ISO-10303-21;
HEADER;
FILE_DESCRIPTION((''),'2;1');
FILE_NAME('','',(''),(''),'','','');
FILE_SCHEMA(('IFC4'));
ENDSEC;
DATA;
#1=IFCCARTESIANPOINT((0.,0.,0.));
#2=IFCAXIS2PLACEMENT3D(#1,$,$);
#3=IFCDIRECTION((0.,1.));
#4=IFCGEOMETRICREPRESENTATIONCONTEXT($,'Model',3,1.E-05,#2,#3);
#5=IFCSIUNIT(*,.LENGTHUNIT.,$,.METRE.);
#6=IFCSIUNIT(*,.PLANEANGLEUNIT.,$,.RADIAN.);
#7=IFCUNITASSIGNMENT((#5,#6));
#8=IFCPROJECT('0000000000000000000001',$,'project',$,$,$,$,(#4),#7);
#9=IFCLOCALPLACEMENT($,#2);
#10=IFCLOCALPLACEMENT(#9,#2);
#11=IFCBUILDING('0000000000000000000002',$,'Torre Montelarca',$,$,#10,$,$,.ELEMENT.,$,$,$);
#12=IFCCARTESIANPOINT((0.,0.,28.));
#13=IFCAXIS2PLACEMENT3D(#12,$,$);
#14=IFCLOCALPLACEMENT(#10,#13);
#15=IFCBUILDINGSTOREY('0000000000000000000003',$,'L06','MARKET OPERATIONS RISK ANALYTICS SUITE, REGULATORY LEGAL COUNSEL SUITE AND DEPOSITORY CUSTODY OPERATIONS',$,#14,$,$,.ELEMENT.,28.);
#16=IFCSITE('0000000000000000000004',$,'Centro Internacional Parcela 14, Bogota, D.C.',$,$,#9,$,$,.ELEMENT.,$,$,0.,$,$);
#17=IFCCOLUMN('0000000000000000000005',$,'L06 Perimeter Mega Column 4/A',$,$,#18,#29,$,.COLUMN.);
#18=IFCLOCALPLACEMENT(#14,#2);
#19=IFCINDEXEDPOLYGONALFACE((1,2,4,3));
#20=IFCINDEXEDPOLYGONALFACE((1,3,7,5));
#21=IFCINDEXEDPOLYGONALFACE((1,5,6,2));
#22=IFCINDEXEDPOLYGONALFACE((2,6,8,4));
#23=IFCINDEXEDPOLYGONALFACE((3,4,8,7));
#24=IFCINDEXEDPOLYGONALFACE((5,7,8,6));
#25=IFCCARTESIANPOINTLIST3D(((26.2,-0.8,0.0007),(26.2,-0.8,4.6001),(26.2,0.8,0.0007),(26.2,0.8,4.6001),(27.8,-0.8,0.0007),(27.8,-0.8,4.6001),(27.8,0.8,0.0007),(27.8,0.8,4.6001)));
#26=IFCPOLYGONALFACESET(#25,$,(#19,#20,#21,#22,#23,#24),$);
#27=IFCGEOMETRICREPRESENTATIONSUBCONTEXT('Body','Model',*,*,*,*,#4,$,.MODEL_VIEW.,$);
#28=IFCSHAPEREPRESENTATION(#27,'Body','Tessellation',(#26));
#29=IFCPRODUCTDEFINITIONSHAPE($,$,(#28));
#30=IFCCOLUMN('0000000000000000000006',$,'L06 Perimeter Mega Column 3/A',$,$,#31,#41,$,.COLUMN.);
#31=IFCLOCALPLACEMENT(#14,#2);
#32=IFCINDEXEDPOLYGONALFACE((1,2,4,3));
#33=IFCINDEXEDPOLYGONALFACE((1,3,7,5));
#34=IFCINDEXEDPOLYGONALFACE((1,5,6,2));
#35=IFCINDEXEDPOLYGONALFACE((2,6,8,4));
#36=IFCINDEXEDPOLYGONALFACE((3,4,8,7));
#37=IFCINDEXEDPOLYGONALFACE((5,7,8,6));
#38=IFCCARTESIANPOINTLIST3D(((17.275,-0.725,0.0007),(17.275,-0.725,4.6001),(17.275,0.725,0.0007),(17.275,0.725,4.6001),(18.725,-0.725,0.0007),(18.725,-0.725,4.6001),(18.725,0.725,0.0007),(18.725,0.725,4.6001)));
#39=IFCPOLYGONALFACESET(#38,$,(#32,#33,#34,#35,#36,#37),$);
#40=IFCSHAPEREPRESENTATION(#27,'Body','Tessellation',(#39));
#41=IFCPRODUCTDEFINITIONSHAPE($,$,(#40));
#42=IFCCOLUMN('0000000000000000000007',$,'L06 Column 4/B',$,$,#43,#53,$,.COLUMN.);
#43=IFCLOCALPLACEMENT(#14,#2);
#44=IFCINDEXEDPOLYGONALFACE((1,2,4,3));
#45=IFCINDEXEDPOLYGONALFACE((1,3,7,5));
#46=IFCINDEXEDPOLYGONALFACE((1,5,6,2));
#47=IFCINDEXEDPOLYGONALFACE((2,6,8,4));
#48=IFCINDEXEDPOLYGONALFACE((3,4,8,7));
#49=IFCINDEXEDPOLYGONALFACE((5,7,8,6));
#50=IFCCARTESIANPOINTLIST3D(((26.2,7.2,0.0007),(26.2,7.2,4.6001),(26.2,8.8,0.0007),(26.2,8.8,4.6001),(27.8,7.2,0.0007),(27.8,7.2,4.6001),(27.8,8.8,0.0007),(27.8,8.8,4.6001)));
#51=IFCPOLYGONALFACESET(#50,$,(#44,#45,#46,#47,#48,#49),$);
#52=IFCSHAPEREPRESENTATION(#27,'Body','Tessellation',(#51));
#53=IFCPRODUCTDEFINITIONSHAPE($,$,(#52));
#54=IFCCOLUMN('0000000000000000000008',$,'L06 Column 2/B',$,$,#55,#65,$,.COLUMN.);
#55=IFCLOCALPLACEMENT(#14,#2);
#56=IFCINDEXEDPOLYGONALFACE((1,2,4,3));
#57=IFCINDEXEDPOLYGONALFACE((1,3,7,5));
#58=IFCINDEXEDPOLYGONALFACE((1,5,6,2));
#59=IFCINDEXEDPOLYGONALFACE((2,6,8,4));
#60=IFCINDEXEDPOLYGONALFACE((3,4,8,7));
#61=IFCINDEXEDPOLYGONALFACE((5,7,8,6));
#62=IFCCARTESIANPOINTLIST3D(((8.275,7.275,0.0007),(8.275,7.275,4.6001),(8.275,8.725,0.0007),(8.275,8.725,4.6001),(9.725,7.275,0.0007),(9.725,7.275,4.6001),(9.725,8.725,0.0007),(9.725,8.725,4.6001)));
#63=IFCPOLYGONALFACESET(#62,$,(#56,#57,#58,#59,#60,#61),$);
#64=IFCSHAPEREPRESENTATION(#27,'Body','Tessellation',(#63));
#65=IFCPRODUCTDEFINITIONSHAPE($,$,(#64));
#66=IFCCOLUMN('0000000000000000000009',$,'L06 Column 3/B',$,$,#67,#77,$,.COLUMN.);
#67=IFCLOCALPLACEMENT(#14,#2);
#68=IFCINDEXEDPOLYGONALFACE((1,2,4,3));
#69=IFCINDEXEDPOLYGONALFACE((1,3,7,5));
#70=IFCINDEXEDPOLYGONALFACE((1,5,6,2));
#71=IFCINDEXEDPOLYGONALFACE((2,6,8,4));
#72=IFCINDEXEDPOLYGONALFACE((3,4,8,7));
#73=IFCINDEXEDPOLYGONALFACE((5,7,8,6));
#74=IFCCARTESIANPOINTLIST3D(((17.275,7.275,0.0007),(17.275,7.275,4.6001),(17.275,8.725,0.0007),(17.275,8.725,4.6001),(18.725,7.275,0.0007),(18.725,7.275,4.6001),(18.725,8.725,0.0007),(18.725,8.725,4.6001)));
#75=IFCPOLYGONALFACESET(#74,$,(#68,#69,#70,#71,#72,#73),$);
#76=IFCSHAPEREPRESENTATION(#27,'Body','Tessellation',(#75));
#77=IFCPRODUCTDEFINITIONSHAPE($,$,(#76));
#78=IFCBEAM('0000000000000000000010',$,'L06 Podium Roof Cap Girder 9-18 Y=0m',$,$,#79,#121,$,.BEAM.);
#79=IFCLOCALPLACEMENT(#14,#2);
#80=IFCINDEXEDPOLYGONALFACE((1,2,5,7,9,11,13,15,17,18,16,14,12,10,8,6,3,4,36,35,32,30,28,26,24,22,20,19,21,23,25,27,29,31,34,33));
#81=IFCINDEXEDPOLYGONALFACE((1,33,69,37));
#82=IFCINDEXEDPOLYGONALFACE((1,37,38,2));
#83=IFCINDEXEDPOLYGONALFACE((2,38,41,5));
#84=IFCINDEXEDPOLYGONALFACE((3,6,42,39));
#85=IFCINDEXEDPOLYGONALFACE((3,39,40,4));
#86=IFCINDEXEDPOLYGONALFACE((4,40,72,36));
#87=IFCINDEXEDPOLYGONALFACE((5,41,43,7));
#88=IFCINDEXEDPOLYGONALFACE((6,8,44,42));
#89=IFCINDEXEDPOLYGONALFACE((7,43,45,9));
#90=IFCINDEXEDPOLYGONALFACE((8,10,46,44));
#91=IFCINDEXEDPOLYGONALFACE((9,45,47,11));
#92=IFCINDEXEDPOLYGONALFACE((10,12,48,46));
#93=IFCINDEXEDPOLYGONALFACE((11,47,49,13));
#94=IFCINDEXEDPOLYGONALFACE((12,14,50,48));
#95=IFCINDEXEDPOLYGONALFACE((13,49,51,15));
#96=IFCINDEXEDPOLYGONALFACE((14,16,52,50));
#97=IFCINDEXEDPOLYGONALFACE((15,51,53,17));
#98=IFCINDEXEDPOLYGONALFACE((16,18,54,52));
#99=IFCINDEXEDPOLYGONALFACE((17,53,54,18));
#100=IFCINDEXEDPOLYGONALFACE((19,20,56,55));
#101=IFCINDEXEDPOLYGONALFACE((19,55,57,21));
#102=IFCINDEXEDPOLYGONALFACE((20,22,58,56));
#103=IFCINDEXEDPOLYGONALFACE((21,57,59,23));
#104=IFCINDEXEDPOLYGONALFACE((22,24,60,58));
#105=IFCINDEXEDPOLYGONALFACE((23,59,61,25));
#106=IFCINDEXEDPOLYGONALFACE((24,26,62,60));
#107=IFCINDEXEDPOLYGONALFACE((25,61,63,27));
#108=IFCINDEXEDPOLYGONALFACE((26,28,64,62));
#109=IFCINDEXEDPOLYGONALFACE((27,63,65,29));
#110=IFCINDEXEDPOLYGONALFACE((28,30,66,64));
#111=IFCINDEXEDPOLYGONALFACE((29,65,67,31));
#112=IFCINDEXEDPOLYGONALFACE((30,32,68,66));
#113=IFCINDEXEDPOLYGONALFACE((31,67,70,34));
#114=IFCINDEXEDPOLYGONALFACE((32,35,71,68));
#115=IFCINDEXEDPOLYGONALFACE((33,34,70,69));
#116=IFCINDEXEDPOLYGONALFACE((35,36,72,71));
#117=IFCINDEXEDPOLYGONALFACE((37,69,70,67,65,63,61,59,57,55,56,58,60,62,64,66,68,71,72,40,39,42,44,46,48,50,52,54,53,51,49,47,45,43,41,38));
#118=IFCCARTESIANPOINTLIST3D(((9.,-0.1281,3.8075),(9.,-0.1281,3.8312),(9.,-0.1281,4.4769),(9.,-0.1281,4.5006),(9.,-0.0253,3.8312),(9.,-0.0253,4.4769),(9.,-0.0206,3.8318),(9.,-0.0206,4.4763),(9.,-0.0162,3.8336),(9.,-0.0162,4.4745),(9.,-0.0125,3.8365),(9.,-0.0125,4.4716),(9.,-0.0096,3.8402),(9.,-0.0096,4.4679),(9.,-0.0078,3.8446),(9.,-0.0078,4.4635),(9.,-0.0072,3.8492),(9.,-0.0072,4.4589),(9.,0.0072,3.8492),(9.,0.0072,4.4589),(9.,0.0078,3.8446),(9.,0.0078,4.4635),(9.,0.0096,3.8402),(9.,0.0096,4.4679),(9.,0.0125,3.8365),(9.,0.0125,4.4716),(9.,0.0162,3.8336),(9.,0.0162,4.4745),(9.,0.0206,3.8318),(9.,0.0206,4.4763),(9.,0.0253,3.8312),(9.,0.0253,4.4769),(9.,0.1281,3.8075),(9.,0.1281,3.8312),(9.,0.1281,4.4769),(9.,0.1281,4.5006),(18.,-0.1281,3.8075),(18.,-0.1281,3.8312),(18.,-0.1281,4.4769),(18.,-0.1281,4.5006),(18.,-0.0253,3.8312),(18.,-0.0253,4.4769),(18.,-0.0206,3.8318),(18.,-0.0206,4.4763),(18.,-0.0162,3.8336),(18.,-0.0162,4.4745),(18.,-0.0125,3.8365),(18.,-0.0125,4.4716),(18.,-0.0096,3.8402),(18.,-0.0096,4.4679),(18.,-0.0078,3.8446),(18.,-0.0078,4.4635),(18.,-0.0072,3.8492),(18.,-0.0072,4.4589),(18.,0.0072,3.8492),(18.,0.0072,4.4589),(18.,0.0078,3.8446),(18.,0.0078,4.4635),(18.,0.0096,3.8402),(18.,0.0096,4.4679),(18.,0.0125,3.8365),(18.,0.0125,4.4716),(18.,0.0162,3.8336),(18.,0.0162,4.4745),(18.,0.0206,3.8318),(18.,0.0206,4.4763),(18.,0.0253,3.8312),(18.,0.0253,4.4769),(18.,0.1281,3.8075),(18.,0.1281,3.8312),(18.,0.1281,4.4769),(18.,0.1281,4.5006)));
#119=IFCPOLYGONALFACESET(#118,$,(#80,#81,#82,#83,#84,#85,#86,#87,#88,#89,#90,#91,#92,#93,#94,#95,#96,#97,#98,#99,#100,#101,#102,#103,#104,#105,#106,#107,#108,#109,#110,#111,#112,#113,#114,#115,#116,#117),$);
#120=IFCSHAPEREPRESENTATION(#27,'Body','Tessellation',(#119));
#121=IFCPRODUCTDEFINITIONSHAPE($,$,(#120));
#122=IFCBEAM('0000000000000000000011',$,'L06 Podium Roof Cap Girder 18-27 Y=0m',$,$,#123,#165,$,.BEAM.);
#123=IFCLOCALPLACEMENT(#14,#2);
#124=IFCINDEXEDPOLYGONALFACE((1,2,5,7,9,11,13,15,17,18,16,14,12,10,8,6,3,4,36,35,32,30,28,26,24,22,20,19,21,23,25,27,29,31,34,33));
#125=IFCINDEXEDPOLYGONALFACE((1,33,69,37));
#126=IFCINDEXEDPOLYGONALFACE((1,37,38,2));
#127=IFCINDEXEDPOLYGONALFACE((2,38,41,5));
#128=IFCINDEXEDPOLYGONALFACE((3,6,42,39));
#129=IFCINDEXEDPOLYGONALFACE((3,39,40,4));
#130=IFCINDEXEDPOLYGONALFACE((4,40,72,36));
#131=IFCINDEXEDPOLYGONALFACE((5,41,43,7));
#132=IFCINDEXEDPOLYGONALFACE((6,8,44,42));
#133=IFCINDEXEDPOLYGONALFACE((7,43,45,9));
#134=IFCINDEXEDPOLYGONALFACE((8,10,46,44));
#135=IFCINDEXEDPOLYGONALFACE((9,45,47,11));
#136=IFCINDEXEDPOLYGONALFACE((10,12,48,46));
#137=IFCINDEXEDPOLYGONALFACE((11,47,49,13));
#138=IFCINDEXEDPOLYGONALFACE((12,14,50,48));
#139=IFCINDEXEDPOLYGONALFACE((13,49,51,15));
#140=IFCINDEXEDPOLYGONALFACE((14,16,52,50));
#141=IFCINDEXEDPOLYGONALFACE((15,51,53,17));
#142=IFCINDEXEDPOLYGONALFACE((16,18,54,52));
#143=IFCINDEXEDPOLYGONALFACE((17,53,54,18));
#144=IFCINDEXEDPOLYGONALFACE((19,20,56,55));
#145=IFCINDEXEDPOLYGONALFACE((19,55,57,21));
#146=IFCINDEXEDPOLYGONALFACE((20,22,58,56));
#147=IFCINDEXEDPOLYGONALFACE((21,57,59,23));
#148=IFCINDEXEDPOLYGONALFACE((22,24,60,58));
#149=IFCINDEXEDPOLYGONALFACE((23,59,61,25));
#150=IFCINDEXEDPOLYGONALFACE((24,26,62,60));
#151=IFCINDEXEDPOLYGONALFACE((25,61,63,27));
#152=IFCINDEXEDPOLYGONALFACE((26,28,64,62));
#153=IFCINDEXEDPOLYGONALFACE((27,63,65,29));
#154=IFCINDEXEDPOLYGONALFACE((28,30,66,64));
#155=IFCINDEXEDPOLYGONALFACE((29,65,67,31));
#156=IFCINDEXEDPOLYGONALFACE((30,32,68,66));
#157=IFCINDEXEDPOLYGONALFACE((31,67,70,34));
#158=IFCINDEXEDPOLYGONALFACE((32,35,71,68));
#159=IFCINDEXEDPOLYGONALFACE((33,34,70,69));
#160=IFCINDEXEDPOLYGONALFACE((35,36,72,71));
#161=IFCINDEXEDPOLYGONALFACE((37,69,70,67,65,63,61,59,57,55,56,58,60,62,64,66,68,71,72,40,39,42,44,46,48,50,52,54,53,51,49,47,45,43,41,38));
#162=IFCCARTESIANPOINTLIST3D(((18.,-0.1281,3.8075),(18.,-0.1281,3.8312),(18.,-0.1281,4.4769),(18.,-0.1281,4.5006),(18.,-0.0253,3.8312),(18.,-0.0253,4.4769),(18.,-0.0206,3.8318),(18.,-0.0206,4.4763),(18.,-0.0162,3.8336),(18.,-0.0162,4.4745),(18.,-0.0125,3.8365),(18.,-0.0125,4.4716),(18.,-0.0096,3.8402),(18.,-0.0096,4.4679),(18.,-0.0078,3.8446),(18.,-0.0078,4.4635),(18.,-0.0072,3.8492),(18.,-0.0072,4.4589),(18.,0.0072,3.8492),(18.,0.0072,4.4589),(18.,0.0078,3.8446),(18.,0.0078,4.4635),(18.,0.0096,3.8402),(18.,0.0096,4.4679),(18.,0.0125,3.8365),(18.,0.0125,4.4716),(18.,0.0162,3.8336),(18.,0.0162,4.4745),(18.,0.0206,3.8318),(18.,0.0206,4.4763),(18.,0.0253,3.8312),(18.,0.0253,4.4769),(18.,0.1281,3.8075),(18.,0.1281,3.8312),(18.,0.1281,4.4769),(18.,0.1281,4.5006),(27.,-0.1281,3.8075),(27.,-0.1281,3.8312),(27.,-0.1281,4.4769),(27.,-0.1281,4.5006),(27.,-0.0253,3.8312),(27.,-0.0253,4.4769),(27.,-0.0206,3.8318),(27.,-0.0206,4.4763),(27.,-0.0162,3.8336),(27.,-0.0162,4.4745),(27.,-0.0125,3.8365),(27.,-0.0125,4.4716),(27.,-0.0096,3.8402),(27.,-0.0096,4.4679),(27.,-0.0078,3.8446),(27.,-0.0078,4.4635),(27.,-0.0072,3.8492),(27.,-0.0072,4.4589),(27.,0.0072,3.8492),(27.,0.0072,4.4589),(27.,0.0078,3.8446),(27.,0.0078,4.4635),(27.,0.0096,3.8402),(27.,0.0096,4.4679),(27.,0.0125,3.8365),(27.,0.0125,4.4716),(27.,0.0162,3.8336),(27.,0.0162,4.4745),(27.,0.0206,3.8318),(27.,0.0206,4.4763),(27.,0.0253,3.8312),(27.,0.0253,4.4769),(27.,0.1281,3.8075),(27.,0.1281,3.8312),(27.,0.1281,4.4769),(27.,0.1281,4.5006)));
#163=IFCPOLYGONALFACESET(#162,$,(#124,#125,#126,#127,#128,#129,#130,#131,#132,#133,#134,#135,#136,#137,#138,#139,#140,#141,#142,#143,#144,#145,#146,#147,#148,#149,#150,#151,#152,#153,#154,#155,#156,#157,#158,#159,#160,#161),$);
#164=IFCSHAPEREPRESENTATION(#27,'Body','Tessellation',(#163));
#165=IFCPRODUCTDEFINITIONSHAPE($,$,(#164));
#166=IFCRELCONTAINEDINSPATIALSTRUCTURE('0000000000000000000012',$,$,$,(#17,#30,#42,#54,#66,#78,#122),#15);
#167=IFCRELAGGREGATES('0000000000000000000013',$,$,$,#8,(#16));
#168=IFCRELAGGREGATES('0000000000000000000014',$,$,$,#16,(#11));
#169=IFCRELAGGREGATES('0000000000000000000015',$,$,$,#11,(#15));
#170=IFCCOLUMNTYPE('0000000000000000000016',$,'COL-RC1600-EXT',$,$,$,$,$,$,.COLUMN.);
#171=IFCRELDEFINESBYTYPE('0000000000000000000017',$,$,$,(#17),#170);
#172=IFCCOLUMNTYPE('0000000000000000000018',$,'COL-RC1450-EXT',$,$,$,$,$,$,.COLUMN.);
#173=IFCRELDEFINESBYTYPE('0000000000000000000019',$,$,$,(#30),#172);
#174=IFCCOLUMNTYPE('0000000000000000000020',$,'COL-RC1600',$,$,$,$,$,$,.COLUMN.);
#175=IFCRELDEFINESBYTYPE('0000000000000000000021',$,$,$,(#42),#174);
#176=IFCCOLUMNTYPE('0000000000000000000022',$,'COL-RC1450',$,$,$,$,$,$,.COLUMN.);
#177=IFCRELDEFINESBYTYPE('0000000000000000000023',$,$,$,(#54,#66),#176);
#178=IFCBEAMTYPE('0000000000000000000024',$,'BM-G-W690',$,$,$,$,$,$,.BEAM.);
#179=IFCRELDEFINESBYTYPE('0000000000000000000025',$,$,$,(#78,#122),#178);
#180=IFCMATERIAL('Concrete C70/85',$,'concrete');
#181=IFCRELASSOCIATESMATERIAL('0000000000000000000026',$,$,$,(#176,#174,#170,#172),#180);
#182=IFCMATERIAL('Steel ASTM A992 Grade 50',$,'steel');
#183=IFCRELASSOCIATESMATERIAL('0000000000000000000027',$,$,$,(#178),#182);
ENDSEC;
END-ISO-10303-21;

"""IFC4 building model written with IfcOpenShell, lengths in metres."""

from ifc_helpers import new_model, si_unit, direction, frame, origin, origin_2d, place, context, subcontext, project, spatial, rectangle, i_section, extrude, source, transform, mapped, material, material_profile, profile_set, type_object, element, save


model = new_model("IFC4")

# Units and contexts
model_context = context("Model", 3, precision=1e-05, world=origin(), true_north=direction((0.0, 1.0)))
body_context = subcontext(model_context, "Body", "Model", "MODEL_VIEW")
ifc_project = project(units=[si_unit("LENGTHUNIT", "METRE"), si_unit("PLANEANGLEUNIT", "RADIAN")], contexts=[model_context])

# Site, building, storey
site_placement = place(None, origin())
site = spatial("IfcSite", under=ifc_project, at=site_placement, Name="Centro Internacional Parcela 14, Bogota, D.C.", CompositionType="ELEMENT", RefElevation=0.0)
building_placement = place(site_placement, origin())
building = spatial("IfcBuilding", under=site, at=building_placement, Name="Torre Montelarca", CompositionType="ELEMENT")
storey_placement = place(building_placement, frame((0.0, 0.0, 28.0)))
storey = spatial("IfcBuildingStorey", under=building, at=storey_placement, Name="L06", Description="MARKET OPERATIONS RISK ANALYTICS SUITE, REGULATORY LEGAL COUNSEL SUITE AND DEPOSITORY CUSTODY OPERATIONS", CompositionType="ELEMENT", Elevation=28.0)

# Columns
ifc_material_1 = material(Name="Concrete C70/85", Category="concrete")
ifc_material_profile_1 = material_profile(ifc_material_1, rectangle(XDim=1.45, YDim=1.45, at=origin_2d()), Name="RC1450X1450", Category="concrete")
ifc_profile_set_1 = profile_set([ifc_material_profile_1], Name="Concrete C70/85")
column_type_1 = type_object("IfcColumnType", Name="COL-RC1450", PredefinedType="COLUMN", material=ifc_profile_set_1)
ifc_material_profile_2 = material_profile(ifc_material_1, rectangle(XDim=1.6001, YDim=1.6001, at=origin_2d()), Name="RC1600X1600", Category="concrete")
ifc_profile_set_2 = profile_set([ifc_material_profile_2], Name="Concrete C70/85")
column_type_2 = type_object("IfcColumnType", Name="COL-RC1600", PredefinedType="COLUMN", material=ifc_profile_set_2)
ifc_material_profile_3 = material_profile(ifc_material_1, rectangle(XDim=1.6001, YDim=1.6001, at=origin_2d()), Name="RC1600X1600", Category="concrete")
ifc_profile_set_3 = profile_set([ifc_material_profile_3], Name="Concrete C70/85")
column_type_3 = type_object("IfcColumnType", Name="COL-RC1600-EXT", PredefinedType="COLUMN", material=ifc_profile_set_3)
shared_shape_1 = source(origin(), body_context, "Body", "SweptSolid", [
    extrude(rectangle(XDim=1.6001, YDim=1.6001, at=origin_2d()), origin(), (0.0, 0.0, 1.0), 4.5994),
])
column_1_placement = place(storey_placement, frame((27.0, 0.0, 0.0007), z_axis=(0.0, 0.0, 1.0), x_axis=(1.0, 0.0, 0.0)))
element("IfcColumn", 1, at=column_1_placement, inside=storey, type_object=column_type_3, Name="L06 Perimeter Mega Column 4/A", PredefinedType="COLUMN", context=body_context, shape_type="MappedRepresentation", body=[
    mapped(shared_shape_1, transform((0.0, 0.0, 0.0), scale=1.0)),
])
ifc_material_profile_4 = material_profile(ifc_material_1, rectangle(XDim=1.45, YDim=1.45, at=origin_2d()), Name="RC1450X1450", Category="concrete")
ifc_profile_set_4 = profile_set([ifc_material_profile_4], Name="Concrete C70/85")
column_type_4 = type_object("IfcColumnType", Name="COL-RC1450-EXT", PredefinedType="COLUMN", material=ifc_profile_set_4)
shared_shape_2 = source(origin(), body_context, "Body", "SweptSolid", [
    extrude(rectangle(XDim=1.45, YDim=1.45, at=origin_2d()), origin(), (0.0, 0.0, 1.0), 4.5994),
])
column_2_placement = place(storey_placement, frame((18.0, 0.0, 0.0007), z_axis=(0.0, 0.0, 1.0), x_axis=(1.0, 0.0, 0.0)))
element("IfcColumn", 2, at=column_2_placement, inside=storey, type_object=column_type_4, Name="L06 Perimeter Mega Column 3/A", PredefinedType="COLUMN", context=body_context, shape_type="MappedRepresentation", body=[
    mapped(shared_shape_2, transform((0.0, 0.0, 0.0), scale=1.0)),
])
shared_shape_3 = source(origin(), body_context, "Body", "SweptSolid", [
    extrude(rectangle(XDim=1.6001, YDim=1.6001, at=origin_2d()), origin(), (0.0, 0.0, 1.0), 4.5994),
])
column_3_placement = place(storey_placement, frame((27.0, 8.0, 0.0007), z_axis=(0.0, 0.0, 1.0), x_axis=(1.0, 0.0, 0.0)))
element("IfcColumn", 3, at=column_3_placement, inside=storey, type_object=column_type_2, Name="L06 Column 4/B", PredefinedType="COLUMN", context=body_context, shape_type="MappedRepresentation", body=[
    mapped(shared_shape_3, transform((0.0, 0.0, 0.0), scale=1.0)),
])
shared_shape_4 = source(origin(), body_context, "Body", "SweptSolid", [
    extrude(rectangle(XDim=1.45, YDim=1.45, at=origin_2d()), origin(), (0.0, 0.0, 1.0), 4.5994),
])
for number, where, z_axis, x_axis, name in (
    (4, (9.0, 8.0, 0.0007), (0.0, 0.0, 1.0), (1.0, 0.0, 0.0), "L06 Column 2/B"),
    (5, (18.0, 8.0, 0.0007), (0.0, 0.0, 1.0), (1.0, 0.0, 0.0), "L06 Column 3/B"),
):
    element("IfcColumn", number, at=place(storey_placement, frame(where, z_axis=z_axis, x_axis=x_axis)), inside=storey, type_object=column_type_1, Name=name, PredefinedType="COLUMN", context=body_context, shape_type="MappedRepresentation", body=[
        mapped(shared_shape_4, transform((0.0, 0.0, 0.0), scale=1.0)),
    ])

# Beams
ifc_material_2 = material(Name="Steel ASTM A992 Grade 50", Category="steel")
ifc_material_profile_5 = material_profile(ifc_material_2, i_section(OverallWidth=0.2561, OverallDepth=0.6931, WebThickness=0.0144, FlangeThickness=0.0237, FilletRadius=0.0181, at=origin_2d()), Name="W690X170", Category="steel")
ifc_profile_set_5 = profile_set([ifc_material_profile_5], Name="Steel ASTM A992 Grade 50")
beam_type_1 = type_object("IfcBeamType", Name="BM-G-W690", PredefinedType="BEAM", material=ifc_profile_set_5)
shared_shape_5 = source(origin(), body_context, "Body", "SweptSolid", [
    extrude(i_section(OverallWidth=0.2561, OverallDepth=0.6931, WebThickness=0.0144, FlangeThickness=0.0237, FilletRadius=0.0181, at=origin_2d()), origin(), (0.0, 0.0, 1.0), 9.0),
])
for number, where, z_axis, x_axis, name in (
    (6, (9.0, 0.0, 4.1541), (1.0, 0.0, 0.0), (0.0, 1.0, 0.0), "L06 Podium Roof Cap Girder 9-18 Y=0m"),
    (7, (18.0, 0.0, 4.1541), (1.0, 0.0, 0.0), (0.0, 1.0, 0.0), "L06 Podium Roof Cap Girder 18-27 Y=0m"),
):
    element("IfcBeam", number, at=place(storey_placement, frame(where, z_axis=z_axis, x_axis=x_axis)), inside=storey, type_object=beam_type_1, Name=name, PredefinedType="BEAM", context=body_context, shape_type="MappedRepresentation", body=[
        mapped(shared_shape_5, transform((0.0, 0.0, 0.0), scale=1.0)),
    ])

save(model, "model.ifc")
